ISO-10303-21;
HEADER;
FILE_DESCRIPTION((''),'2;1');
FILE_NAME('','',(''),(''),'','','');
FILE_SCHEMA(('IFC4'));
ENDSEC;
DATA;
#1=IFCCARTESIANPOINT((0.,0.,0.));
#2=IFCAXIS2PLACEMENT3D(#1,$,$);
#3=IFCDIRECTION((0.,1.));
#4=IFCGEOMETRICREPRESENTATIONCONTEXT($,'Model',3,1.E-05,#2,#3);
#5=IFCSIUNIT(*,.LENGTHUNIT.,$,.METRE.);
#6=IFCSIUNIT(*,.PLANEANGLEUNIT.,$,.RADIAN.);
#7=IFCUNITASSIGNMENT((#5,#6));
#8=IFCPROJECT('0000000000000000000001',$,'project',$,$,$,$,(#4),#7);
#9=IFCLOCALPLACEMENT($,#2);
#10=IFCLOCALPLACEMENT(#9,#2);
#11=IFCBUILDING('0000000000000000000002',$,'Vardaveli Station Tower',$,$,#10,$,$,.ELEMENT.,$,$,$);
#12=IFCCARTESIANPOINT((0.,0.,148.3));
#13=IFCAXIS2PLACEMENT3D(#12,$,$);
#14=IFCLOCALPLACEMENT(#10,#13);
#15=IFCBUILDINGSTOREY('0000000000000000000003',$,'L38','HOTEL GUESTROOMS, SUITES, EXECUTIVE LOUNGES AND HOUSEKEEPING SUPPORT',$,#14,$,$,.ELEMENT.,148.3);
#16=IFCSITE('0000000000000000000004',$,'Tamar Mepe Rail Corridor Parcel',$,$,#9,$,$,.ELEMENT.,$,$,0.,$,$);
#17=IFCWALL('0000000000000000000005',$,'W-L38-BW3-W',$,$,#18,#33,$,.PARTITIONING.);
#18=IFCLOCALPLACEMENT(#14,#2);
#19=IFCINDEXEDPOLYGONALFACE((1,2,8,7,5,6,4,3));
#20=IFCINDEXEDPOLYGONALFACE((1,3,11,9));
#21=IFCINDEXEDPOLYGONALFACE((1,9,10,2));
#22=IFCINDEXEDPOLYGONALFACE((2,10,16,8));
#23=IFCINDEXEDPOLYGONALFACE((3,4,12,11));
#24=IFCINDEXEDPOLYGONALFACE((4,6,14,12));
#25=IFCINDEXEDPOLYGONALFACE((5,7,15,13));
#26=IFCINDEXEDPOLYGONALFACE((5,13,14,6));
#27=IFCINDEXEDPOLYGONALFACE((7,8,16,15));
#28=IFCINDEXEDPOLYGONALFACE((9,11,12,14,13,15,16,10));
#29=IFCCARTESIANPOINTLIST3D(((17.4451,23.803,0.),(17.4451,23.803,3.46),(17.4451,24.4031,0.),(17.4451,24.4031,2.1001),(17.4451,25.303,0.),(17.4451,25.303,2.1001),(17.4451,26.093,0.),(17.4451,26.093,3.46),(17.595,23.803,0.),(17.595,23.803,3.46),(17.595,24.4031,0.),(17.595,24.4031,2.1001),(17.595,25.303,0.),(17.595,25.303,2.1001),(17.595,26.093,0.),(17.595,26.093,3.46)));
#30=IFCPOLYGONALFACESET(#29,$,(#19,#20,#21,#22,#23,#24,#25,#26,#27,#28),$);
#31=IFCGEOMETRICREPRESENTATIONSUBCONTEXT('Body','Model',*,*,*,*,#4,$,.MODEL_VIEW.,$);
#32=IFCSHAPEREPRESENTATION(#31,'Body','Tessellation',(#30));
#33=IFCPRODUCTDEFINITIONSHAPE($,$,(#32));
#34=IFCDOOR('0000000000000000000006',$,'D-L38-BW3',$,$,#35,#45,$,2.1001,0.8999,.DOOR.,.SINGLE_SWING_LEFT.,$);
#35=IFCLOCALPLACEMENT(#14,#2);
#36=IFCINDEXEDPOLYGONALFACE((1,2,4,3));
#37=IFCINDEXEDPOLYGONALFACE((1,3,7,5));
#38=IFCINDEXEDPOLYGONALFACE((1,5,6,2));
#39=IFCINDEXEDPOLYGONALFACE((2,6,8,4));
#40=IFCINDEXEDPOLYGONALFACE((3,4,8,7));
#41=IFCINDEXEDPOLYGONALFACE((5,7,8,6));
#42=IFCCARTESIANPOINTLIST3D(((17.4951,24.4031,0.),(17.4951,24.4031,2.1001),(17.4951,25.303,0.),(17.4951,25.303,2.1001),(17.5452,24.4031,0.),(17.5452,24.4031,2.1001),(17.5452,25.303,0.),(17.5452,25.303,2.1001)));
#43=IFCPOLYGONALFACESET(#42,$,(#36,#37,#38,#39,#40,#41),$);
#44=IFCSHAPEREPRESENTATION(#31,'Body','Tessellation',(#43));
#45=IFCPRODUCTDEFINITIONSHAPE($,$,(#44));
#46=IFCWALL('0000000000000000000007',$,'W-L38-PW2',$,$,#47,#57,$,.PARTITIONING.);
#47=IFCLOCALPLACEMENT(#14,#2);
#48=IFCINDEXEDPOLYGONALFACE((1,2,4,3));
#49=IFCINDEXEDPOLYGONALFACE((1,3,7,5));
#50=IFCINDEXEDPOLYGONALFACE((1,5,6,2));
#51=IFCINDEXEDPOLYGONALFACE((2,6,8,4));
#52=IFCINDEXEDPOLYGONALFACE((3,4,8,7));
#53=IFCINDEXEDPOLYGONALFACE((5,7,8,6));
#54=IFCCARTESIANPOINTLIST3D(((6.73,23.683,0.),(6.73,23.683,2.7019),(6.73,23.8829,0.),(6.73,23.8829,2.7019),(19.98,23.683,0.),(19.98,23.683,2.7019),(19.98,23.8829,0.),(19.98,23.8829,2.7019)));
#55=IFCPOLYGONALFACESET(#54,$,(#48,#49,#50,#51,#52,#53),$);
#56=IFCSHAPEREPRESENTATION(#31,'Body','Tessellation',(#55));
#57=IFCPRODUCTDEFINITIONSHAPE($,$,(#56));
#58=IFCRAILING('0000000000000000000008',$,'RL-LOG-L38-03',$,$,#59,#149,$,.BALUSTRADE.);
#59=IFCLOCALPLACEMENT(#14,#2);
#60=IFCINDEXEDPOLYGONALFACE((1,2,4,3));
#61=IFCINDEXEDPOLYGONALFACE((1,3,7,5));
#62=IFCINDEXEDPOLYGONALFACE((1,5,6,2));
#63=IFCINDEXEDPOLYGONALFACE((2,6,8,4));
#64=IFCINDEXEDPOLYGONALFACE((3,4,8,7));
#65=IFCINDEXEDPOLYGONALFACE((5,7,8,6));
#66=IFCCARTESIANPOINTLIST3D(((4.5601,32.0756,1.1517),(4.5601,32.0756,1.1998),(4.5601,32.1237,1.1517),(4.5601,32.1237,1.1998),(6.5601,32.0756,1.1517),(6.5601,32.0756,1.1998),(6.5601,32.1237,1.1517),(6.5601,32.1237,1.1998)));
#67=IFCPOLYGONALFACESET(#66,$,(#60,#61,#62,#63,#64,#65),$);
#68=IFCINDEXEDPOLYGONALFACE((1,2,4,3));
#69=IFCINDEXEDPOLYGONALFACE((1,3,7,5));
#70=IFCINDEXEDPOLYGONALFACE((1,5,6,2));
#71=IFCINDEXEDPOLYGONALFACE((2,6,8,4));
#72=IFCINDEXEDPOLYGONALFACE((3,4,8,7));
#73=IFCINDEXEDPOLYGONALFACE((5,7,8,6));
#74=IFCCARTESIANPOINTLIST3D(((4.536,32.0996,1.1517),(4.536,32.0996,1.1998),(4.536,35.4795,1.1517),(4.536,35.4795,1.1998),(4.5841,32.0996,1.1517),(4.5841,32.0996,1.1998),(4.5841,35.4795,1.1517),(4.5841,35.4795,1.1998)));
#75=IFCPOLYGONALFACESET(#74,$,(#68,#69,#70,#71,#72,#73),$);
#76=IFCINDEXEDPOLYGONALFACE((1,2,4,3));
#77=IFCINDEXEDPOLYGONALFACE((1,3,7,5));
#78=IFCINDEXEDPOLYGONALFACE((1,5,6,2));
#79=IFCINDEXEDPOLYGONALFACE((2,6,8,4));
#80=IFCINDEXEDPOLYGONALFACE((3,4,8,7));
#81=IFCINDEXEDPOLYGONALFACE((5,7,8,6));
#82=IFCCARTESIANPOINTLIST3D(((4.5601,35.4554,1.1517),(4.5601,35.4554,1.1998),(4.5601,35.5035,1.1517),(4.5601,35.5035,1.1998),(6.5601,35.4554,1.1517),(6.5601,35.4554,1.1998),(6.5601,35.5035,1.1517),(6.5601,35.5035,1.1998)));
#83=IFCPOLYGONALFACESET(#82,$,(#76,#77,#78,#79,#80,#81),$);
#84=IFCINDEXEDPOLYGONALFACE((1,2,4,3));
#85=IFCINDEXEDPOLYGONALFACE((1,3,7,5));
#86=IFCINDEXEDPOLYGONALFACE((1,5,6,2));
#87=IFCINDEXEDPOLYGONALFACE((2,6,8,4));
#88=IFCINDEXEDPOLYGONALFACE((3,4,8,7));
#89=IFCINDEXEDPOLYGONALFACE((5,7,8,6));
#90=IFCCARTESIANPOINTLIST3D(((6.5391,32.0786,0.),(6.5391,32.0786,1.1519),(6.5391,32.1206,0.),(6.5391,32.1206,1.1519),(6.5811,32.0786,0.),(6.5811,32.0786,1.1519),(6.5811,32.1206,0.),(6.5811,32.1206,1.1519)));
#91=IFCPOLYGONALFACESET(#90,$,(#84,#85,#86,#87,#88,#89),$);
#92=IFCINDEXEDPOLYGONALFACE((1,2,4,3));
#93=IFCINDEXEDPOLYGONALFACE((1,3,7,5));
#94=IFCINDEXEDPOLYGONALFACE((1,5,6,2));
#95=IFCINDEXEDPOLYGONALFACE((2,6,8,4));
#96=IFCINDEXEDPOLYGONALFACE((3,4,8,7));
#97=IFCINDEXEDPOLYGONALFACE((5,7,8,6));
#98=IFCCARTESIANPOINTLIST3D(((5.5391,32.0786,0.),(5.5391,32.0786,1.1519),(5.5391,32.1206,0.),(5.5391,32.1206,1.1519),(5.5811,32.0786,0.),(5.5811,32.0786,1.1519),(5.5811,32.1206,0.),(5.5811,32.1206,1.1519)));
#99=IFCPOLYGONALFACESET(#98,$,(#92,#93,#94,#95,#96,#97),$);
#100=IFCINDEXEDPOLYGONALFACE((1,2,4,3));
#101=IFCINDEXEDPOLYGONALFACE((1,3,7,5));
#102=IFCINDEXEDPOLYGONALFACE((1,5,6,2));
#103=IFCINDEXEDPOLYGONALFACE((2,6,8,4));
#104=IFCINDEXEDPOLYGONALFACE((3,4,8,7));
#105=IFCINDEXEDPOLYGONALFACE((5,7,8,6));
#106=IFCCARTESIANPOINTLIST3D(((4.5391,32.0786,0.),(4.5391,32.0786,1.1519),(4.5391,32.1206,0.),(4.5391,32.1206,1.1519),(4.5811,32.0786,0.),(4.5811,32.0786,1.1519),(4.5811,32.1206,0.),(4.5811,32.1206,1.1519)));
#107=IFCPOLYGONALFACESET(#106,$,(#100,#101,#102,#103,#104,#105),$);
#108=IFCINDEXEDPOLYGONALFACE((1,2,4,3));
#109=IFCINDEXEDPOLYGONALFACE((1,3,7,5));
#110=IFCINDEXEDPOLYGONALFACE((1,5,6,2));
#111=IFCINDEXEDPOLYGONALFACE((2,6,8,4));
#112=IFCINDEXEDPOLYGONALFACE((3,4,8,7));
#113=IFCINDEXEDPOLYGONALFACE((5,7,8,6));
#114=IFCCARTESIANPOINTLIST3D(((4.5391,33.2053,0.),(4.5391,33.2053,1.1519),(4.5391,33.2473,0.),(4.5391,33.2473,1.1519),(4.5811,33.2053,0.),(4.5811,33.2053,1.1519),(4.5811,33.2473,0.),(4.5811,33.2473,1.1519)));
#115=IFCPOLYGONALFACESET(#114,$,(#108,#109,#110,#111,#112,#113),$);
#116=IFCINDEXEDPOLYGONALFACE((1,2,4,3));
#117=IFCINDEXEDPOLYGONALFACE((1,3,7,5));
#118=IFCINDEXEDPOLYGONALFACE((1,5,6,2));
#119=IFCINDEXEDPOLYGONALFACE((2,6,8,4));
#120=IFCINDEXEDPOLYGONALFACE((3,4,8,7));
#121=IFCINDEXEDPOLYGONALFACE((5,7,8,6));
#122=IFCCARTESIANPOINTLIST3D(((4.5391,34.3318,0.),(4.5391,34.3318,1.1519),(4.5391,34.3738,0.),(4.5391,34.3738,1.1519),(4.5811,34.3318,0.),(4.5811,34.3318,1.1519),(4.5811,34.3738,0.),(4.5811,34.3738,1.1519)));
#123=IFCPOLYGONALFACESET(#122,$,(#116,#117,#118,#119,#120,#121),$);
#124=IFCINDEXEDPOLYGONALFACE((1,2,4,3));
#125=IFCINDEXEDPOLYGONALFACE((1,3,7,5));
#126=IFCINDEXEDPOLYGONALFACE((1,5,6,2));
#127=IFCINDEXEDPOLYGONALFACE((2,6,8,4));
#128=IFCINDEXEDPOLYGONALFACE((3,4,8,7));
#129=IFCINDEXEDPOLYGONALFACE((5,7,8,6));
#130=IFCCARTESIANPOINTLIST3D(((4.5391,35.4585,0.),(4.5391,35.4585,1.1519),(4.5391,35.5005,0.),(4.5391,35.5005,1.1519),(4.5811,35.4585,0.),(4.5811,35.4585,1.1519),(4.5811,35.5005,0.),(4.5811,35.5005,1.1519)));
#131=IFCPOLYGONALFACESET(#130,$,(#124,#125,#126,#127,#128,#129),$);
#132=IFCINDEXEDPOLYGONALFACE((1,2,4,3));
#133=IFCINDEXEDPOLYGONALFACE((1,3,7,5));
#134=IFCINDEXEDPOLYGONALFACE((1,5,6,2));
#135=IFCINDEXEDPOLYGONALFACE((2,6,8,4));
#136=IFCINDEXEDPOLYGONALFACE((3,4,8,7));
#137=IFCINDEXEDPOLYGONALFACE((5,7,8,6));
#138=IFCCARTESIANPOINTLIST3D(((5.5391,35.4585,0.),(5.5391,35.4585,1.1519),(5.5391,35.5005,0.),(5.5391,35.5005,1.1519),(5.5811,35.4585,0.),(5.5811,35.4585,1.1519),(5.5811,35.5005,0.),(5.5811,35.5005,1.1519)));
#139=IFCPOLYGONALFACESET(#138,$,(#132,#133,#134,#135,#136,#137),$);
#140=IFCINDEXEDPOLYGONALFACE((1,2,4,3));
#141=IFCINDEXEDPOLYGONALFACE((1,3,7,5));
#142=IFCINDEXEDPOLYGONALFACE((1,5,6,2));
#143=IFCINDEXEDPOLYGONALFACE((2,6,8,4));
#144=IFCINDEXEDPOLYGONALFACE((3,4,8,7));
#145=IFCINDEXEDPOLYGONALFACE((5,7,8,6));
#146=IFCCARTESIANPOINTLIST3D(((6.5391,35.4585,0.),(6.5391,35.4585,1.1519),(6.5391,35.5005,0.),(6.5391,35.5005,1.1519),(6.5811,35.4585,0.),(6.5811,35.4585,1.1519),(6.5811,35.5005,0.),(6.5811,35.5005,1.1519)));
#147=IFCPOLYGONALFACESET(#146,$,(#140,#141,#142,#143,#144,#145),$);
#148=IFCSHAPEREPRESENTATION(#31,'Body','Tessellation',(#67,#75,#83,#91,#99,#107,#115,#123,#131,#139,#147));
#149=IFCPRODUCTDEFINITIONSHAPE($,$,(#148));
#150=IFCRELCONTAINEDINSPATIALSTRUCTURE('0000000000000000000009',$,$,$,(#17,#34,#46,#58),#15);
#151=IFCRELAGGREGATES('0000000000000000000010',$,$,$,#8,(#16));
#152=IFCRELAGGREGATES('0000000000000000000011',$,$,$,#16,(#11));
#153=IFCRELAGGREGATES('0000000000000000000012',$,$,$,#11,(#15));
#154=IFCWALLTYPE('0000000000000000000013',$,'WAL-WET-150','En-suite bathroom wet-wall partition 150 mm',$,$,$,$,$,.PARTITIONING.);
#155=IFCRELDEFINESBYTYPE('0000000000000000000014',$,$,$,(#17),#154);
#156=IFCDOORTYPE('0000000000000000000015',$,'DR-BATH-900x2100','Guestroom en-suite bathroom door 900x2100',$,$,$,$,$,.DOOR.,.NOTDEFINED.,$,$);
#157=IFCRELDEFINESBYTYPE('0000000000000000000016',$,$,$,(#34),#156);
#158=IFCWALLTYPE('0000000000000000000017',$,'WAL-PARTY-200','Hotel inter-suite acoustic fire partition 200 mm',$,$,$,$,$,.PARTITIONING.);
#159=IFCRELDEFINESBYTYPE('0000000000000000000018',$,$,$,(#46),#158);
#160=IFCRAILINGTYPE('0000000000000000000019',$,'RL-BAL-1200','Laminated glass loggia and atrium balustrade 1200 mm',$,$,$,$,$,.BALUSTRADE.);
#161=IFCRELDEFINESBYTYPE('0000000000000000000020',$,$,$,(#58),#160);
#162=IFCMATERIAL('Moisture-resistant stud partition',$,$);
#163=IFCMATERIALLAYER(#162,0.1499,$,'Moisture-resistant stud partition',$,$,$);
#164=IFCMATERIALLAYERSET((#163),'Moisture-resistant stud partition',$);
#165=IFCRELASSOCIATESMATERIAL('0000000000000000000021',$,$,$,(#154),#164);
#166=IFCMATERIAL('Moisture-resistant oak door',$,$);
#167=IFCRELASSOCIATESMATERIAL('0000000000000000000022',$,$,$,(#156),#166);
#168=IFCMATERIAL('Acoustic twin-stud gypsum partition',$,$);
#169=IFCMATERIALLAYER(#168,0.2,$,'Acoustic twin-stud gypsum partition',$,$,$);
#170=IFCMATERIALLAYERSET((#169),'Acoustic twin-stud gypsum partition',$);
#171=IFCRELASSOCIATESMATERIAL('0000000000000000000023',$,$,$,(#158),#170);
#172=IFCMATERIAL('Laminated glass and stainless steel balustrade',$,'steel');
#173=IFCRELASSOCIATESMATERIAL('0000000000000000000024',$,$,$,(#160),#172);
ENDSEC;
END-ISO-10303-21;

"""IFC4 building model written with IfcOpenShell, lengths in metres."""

from ifc_helpers import new_model, si_unit, direction, frame, frame_2d, origin, origin_2d, place, context, subcontext, project, spatial, rectangle, extrude, source, transform, mapped, material, layer, layer_set, type_object, element, fill, save


model = new_model("IFC4")

# Units and contexts
model_context = context("Model", 3, precision=1e-05, world=origin(), true_north=direction((0.0, 1.0)))
body_context = subcontext(model_context, "Body", "Model", "MODEL_VIEW")
ifc_project = project(units=[si_unit("LENGTHUNIT", "METRE"), si_unit("PLANEANGLEUNIT", "RADIAN")], contexts=[model_context])

# Site, building, storey
site_placement = place(None, origin())
site = spatial("IfcSite", under=ifc_project, at=site_placement, Name="Tamar Mepe Rail Corridor Parcel", CompositionType="ELEMENT", RefElevation=0.0)
building_placement = place(site_placement, origin())
building = spatial("IfcBuilding", under=site, at=building_placement, Name="Vardaveli Station Tower", CompositionType="ELEMENT")
storey_placement = place(building_placement, frame((0.0, 0.0, 148.3)))
storey = spatial("IfcBuildingStorey", under=building, at=storey_placement, Name="L38", Description="HOTEL GUESTROOMS, SUITES, EXECUTIVE LOUNGES AND HOUSEKEEPING SUPPORT", CompositionType="ELEMENT", Elevation=148.3)

# Wall, opening, door
ifc_material_1 = material(Name="Moisture-resistant stud partition")
ifc_layer_1 = layer(ifc_material_1, 0.1499, Name="Moisture-resistant stud partition")
ifc_layer_set_1 = layer_set([ifc_layer_1], Name="Moisture-resistant stud partition")
wall_type_1 = type_object("IfcWallType", Name="WAL-WET-150", Description="En-suite bathroom wet-wall partition 150 mm", PredefinedType="PARTITIONING", material=ifc_layer_set_1)
shared_shape_1 = source(origin(), body_context, "Body", "SweptSolid", [
    extrude(rectangle(XDim=2.29, YDim=0.1499, at=frame_2d((1.145, 0.0))), origin(), (0.0, 0.0, 1.0), 3.46),
])
wall_1_placement = place(storey_placement, frame((17.52, 23.803, 0.0), z_axis=(0.0, 0.0, 1.0), x_axis=(0.0, 1.0, 0.0)))
wall_1 = element("IfcWall", 1, at=wall_1_placement, inside=storey, type_object=wall_type_1, Name="W-L38-BW3-W", PredefinedType="PARTITIONING", context=body_context, shape_type="MappedRepresentation", body=[
    mapped(shared_shape_1, transform((0.0, 0.0, 0.0), scale=1.0)),
])
shared_shape_2 = source(origin(), body_context, "Body", "SweptSolid", [
    extrude(rectangle(XDim=0.8999, YDim=2.1001, at=frame_2d((0.45, 1.05))), frame((0.0, 0.085, 0.0), z_axis=(0.0, -1.0, 0.0), x_axis=(1.0, 0.0, 0.0)), (0.0, 0.0, 1.0), 0.1699),
])
opening_placement = place(wall_1_placement, frame((0.6001, 0.0, 0.0)))
opening = element("IfcOpeningElement", 2, at=opening_placement, cuts=wall_1, PredefinedType="OPENING", context=body_context, shape_type="MappedRepresentation", body=[
    mapped(shared_shape_2, transform((0.0, 0.0, 0.0), scale=1.0)),
])
ifc_material_2 = material(Name="Moisture-resistant oak door")
door_type = type_object("IfcDoorType", Name="DR-BATH-900x2100", Description="Guestroom en-suite bathroom door 900x2100", OperationType="NOTDEFINED", PredefinedType="DOOR", material=ifc_material_2)
shared_shape_3 = source(origin(), body_context, "Body", "SweptSolid", [
    extrude(rectangle(XDim=0.8999, YDim=2.1001, at=frame_2d((0.45, 1.05))), frame((0.0, 0.0249, 0.0), z_axis=(0.0, -1.0, 0.0), x_axis=(1.0, 0.0, 0.0)), (0.0, 0.0, 1.0), 0.05),
])
door_placement = place(opening_placement, origin())
door = element("IfcDoor", 3, at=door_placement, inside=storey, type_object=door_type, Name="D-L38-BW3", OperationType="SINGLE_SWING_LEFT", OverallHeight=2.1001, OverallWidth=0.8999, PredefinedType="DOOR", context=body_context, shape_type="MappedRepresentation", body=[
    mapped(shared_shape_3, transform((0.0, 0.0, 0.0), scale=1.0)),
])
fill(opening, door)

# Wall
ifc_material_3 = material(Name="Acoustic twin-stud gypsum partition")
ifc_layer_2 = layer(ifc_material_3, 0.2, Name="Acoustic twin-stud gypsum partition")
ifc_layer_set_2 = layer_set([ifc_layer_2], Name="Acoustic twin-stud gypsum partition")
wall_type_2 = type_object("IfcWallType", Name="WAL-PARTY-200", Description="Hotel inter-suite acoustic fire partition 200 mm", PredefinedType="PARTITIONING", material=ifc_layer_set_2)
shared_shape_4 = source(origin(), body_context, "Body", "SweptSolid", [
    extrude(rectangle(XDim=13.25, YDim=0.2, at=frame_2d((6.625, 0.0))), origin(), (0.0, 0.0, 1.0), 2.7019),
])
wall_2_placement = place(storey_placement, frame((6.73, 23.783, 0.0), z_axis=(0.0, 0.0, 1.0), x_axis=(1.0, 0.0, 0.0)))
element("IfcWall", 4, at=wall_2_placement, inside=storey, type_object=wall_type_2, Name="W-L38-PW2", PredefinedType="PARTITIONING", context=body_context, shape_type="MappedRepresentation", body=[
    mapped(shared_shape_4, transform((0.0, 0.0, 0.0), scale=1.0)),
])

# Railing
ifc_material_4 = material(Name="Laminated glass and stainless steel balustrade", Category="steel")
railing_type = type_object("IfcRailingType", Name="RL-BAL-1200", Description="Laminated glass loggia and atrium balustrade 1200 mm", PredefinedType="BALUSTRADE", material=ifc_material_4)
shared_shape_5 = source(origin(), body_context, "Body", "SweptSolid", [
    extrude(rectangle(XDim=0.0481, YDim=0.0481, at=origin_2d()), frame((0.0, 0.0, 1.1758), z_axis=(-1.0, 0.0, 0.0), x_axis=(0.0, -1.0, 0.0)), (0.0, 0.0, 1.0), 2.0),
    extrude(rectangle(XDim=0.0481, YDim=0.0481, at=origin_2d()), frame((-2.0, 0.0, 1.1758), z_axis=(0.0, 1.0, 0.0), x_axis=(-1.0, 0.0, 0.0)), (0.0, 0.0, 1.0), 3.3799),
    extrude(rectangle(XDim=0.0481, YDim=0.0481, at=origin_2d()), frame((-2.0, 3.3799, 1.1758), z_axis=(1.0, 0.0, 0.0), x_axis=(0.0, 1.0, 0.0)), (0.0, 0.0, 1.0), 2.0),
    extrude(rectangle(XDim=0.042, YDim=0.042, at=origin_2d()), origin(), (0.0, 0.0, 1.0), 1.1519),
    extrude(rectangle(XDim=0.042, YDim=0.042, at=origin_2d()), frame((-1.0, 0.0, 0.0)), (0.0, 0.0, 1.0), 1.1519),
    extrude(rectangle(XDim=0.042, YDim=0.042, at=origin_2d()), frame((-2.0, 0.0, 0.0)), (0.0, 0.0, 1.0), 1.1519),
    extrude(rectangle(XDim=0.042, YDim=0.042, at=origin_2d()), frame((-2.0, 1.1267, 0.0)), (0.0, 0.0, 1.0), 1.1519),
    extrude(rectangle(XDim=0.042, YDim=0.042, at=origin_2d()), frame((-2.0, 2.2532, 0.0)), (0.0, 0.0, 1.0), 1.1519),
    extrude(rectangle(XDim=0.042, YDim=0.042, at=origin_2d()), frame((-2.0, 3.3799, 0.0)), (0.0, 0.0, 1.0), 1.1519),
    extrude(rectangle(XDim=0.042, YDim=0.042, at=origin_2d()), frame((-1.0, 3.3799, 0.0)), (0.0, 0.0, 1.0), 1.1519),
    extrude(rectangle(XDim=0.042, YDim=0.042, at=origin_2d()), frame((0.0, 3.3799, 0.0)), (0.0, 0.0, 1.0), 1.1519),
])
railing_placement = place(storey_placement, frame((6.5601, 32.0996, 0.0)))
element("IfcRailing", 5, at=railing_placement, inside=storey, type_object=railing_type, Name="RL-LOG-L38-03", PredefinedType="BALUSTRADE", context=body_context, shape_type="MappedRepresentation", body=[
    mapped(shared_shape_5, transform((0.0, 0.0, 0.0), scale=1.0)),
])

save(model, "model.ifc")
